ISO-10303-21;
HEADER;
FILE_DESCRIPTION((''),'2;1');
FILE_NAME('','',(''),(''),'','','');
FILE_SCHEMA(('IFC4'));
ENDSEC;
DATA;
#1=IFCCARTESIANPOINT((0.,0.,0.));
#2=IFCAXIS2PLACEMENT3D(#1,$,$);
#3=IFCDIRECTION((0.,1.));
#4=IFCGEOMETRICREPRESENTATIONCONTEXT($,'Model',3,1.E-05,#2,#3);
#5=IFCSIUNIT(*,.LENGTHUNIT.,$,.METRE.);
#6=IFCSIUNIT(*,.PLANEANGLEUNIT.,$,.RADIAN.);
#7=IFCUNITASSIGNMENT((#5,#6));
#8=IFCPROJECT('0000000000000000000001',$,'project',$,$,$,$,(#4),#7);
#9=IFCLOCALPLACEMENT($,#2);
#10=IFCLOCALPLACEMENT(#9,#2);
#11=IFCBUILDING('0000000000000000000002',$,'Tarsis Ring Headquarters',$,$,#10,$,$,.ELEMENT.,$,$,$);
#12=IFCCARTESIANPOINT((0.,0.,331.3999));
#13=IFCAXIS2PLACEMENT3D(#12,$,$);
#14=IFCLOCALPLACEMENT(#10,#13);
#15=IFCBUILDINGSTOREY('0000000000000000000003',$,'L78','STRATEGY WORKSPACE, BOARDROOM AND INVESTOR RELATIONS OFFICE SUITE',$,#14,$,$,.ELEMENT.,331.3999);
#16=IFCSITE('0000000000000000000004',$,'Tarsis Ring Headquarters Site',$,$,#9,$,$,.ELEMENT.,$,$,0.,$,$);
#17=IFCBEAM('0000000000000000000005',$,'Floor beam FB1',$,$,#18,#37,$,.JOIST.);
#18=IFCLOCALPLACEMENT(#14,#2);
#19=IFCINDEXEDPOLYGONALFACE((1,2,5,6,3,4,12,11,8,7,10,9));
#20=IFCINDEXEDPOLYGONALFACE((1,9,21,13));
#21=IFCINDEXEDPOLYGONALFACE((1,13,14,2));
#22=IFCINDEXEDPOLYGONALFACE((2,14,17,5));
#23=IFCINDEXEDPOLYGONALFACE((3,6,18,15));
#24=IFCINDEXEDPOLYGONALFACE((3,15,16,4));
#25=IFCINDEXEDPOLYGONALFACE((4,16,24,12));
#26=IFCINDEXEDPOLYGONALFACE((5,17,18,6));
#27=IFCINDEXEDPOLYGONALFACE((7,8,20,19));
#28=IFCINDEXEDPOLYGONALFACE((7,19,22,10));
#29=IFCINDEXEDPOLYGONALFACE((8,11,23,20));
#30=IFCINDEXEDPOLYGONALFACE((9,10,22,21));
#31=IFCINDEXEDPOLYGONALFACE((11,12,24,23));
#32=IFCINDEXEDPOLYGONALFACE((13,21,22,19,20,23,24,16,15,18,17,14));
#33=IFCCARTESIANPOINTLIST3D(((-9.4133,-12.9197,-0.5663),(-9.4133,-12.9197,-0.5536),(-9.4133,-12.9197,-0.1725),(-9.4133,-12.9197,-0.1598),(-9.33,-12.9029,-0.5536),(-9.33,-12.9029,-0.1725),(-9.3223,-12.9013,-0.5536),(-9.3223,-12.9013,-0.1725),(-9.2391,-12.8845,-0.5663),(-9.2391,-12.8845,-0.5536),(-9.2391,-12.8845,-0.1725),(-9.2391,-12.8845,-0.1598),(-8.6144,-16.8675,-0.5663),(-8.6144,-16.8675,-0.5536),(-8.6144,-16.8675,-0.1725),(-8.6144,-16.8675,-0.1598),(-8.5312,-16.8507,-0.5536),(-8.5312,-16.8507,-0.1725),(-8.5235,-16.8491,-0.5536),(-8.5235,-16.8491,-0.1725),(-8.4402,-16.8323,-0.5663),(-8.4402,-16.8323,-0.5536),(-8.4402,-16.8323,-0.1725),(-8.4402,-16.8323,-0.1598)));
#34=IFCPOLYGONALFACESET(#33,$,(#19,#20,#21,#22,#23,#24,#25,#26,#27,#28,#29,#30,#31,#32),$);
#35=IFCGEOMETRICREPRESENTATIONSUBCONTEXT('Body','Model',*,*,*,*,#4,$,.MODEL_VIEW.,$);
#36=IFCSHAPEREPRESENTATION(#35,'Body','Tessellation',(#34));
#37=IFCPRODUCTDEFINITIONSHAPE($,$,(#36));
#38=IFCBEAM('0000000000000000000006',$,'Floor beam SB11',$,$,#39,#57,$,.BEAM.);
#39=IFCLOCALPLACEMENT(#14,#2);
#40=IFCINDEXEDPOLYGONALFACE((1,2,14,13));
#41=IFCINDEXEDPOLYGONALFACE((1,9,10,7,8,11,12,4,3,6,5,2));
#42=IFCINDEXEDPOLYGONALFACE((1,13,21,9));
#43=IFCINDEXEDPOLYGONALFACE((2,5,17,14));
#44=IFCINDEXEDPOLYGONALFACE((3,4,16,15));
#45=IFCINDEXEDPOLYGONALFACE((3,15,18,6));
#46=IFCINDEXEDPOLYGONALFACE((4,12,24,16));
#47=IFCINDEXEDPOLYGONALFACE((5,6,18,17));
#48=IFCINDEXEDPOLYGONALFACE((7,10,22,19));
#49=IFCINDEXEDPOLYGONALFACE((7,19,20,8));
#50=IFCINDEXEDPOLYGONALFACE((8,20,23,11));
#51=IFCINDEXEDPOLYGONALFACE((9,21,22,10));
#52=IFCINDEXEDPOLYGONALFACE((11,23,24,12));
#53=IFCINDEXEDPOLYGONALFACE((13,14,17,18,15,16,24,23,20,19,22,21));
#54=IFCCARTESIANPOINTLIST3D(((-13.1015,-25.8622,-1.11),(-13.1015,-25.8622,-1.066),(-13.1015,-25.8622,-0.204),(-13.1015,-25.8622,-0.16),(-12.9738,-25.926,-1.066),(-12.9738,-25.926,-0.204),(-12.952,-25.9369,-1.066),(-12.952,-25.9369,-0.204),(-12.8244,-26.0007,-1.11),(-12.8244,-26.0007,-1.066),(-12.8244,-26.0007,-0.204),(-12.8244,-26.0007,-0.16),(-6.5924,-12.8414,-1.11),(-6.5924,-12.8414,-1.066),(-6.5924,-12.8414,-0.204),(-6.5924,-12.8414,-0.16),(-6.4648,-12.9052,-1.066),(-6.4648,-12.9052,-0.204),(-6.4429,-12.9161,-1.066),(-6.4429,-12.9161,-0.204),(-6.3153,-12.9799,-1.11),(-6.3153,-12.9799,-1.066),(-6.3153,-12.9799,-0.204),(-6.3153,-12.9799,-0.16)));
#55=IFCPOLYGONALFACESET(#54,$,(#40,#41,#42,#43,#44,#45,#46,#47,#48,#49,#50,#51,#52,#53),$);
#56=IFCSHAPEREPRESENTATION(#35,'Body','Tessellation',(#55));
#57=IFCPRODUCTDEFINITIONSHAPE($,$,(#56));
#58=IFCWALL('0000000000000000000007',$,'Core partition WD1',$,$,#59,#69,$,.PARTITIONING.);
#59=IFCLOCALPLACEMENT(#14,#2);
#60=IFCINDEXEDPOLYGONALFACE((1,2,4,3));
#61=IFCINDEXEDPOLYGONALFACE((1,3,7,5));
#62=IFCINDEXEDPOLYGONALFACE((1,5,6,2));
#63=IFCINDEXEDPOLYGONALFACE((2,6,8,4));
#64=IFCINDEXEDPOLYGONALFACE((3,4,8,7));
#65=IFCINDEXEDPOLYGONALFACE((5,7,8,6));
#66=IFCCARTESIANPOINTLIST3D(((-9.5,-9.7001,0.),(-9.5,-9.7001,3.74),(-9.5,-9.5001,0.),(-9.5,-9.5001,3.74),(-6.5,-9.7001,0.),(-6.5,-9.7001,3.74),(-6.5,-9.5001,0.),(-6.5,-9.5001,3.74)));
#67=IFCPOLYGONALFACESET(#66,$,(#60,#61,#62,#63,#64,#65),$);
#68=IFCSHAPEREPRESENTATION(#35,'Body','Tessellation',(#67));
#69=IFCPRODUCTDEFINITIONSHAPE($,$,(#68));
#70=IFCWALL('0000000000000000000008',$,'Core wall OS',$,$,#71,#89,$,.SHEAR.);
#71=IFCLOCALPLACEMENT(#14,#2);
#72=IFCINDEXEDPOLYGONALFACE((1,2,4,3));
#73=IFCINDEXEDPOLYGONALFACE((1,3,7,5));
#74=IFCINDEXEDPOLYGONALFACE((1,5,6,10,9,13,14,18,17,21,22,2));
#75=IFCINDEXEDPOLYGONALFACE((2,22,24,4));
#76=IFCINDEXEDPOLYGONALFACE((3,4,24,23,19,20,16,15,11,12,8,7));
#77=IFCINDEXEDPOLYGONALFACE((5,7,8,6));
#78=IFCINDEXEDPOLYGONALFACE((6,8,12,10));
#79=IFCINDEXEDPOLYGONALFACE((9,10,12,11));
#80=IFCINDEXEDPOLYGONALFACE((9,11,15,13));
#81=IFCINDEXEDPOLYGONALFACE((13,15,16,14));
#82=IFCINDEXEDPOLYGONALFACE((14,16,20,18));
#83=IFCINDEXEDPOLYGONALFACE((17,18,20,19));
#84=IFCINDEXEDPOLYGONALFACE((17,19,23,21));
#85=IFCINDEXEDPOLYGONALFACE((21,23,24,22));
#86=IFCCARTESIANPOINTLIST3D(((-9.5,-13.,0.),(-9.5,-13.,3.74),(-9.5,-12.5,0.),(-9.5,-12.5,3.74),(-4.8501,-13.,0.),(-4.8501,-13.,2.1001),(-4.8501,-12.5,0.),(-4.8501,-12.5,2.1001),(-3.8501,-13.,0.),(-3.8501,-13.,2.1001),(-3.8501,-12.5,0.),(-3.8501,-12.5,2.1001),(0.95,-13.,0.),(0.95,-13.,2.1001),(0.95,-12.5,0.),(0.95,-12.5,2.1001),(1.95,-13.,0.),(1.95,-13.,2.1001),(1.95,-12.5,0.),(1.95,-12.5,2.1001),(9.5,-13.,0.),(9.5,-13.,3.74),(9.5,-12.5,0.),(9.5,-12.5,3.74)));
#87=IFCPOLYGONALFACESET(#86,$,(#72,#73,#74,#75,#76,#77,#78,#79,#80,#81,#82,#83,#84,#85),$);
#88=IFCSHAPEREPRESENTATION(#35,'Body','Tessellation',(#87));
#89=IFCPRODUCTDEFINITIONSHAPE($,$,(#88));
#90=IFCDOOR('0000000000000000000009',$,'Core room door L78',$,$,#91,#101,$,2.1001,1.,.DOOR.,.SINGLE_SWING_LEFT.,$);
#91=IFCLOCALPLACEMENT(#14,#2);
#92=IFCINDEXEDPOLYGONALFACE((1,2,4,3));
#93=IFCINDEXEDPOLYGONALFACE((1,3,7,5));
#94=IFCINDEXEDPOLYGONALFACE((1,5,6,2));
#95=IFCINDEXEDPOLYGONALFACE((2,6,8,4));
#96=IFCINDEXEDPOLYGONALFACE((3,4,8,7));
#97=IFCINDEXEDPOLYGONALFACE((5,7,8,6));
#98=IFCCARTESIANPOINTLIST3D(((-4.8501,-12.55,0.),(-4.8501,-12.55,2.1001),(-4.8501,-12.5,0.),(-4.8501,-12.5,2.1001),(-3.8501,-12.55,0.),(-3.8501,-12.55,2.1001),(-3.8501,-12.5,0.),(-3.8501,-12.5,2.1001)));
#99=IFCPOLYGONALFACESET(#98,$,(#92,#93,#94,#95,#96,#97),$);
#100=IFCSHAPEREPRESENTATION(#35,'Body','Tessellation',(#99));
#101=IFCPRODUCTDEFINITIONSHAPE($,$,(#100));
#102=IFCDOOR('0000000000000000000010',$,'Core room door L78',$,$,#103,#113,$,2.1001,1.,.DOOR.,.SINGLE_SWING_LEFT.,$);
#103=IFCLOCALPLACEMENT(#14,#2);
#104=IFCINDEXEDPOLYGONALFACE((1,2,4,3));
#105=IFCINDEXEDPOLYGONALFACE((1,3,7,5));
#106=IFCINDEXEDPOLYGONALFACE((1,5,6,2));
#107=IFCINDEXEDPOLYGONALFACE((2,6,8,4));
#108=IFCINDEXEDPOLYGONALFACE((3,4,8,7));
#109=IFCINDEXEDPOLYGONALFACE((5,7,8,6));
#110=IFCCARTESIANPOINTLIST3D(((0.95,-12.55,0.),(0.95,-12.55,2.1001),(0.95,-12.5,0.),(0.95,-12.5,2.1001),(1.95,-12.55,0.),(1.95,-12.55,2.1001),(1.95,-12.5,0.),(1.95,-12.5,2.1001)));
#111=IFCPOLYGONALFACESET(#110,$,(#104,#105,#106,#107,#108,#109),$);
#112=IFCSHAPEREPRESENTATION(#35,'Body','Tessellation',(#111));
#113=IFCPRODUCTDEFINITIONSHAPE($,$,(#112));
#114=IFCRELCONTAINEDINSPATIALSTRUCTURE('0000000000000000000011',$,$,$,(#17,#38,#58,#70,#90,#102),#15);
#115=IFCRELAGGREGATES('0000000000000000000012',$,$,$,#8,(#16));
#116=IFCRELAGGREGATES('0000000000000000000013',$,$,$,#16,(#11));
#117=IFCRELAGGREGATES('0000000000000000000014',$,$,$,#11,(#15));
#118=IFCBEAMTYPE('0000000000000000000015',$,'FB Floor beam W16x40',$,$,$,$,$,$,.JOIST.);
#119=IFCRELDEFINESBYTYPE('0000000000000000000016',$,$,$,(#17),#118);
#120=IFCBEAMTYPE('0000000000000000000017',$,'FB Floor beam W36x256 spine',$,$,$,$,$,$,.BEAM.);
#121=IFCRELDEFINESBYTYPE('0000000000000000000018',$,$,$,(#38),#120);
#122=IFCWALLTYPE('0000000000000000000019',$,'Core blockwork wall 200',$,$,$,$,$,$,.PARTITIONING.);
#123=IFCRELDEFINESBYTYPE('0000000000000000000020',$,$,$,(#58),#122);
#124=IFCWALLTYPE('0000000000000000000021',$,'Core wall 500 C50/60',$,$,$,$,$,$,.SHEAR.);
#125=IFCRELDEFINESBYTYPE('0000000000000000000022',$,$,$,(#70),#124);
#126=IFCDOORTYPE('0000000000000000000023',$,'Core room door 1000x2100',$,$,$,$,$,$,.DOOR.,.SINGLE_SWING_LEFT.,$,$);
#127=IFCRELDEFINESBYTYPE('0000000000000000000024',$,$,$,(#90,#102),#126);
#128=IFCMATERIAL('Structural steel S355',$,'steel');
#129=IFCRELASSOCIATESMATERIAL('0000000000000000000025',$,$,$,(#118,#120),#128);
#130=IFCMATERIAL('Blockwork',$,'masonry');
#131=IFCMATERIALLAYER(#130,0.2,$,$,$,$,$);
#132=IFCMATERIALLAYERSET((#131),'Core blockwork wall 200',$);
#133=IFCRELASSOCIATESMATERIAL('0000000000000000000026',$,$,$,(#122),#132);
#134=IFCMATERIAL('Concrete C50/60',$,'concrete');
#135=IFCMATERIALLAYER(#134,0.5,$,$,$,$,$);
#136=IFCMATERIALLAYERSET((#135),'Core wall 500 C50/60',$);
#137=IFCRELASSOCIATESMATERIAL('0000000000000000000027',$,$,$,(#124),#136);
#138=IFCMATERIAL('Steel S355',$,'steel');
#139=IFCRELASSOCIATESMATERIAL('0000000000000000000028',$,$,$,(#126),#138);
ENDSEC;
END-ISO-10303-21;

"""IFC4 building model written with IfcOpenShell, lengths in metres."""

from ifc_helpers import new_model, si_unit, direction, frame, frame_2d, origin, origin_2d, place, context, subcontext, project, spatial, rectangle, i_section, extrude, material, layer, layer_set, material_profile, profile_set, type_object, element, fill, save


model = new_model("IFC4")

# Units and contexts
model_context = context("Model", 3, precision=1e-05, world=origin(), true_north=direction((0.0, 1.0)))
body_context = subcontext(model_context, "Body", "Model", "MODEL_VIEW")
ifc_project = project(units=[si_unit("LENGTHUNIT", "METRE"), si_unit("PLANEANGLEUNIT", "RADIAN")], contexts=[model_context])

# Site, building, storey
site_placement = place(None, origin())
site = spatial("IfcSite", under=ifc_project, at=site_placement, Name="Tarsis Ring Headquarters Site", CompositionType="ELEMENT", RefElevation=0.0)
building_placement = place(site_placement, origin())
building = spatial("IfcBuilding", under=site, at=building_placement, Name="Tarsis Ring Headquarters", CompositionType="ELEMENT")
storey_placement = place(building_placement, frame((0.0, 0.0, 331.3999)))
storey = spatial("IfcBuildingStorey", under=building, at=storey_placement, Name="L78", Description="STRATEGY WORKSPACE, BOARDROOM AND INVESTOR RELATIONS OFFICE SUITE", CompositionType="ELEMENT", Elevation=331.3999)

# Beams
ifc_material_1 = material(Name="Structural steel S355", Category="steel")
ifc_material_profile_1 = material_profile(ifc_material_1, i_section(OverallWidth=0.1777, OverallDepth=0.4065, WebThickness=0.0078, FlangeThickness=0.0127, at=origin_2d()), Name="W16x40")
ifc_profile_set_1 = profile_set([ifc_material_profile_1], Name="Structural steel S355")
beam_type_1 = type_object("IfcBeamType", Name="FB Floor beam W16x40", PredefinedType="JOIST", material=ifc_profile_set_1)
beam_1_placement = place(storey_placement, frame((-9.3262, -12.9021, -0.363), z_axis=(0.19833, -0.980135, 0.0), x_axis=(0.980135, 0.19833, 0.0)))
element("IfcBeam", 1, at=beam_1_placement, inside=storey, type_object=beam_type_1, Name="Floor beam FB1", PredefinedType="JOIST", context=body_context, shape_type="SweptSolid", body=[
    extrude(i_section(OverallWidth=0.1777, OverallDepth=0.4065, WebThickness=0.0078, FlangeThickness=0.0127, at=origin_2d()), origin(), (0.0, 0.0, 1.0), 4.0278),
])
ifc_material_profile_2 = material_profile(ifc_material_1, i_section(OverallWidth=0.3098, OverallDepth=0.95, WebThickness=0.0244, FlangeThickness=0.0439, at=origin_2d()), Name="W36x256")
ifc_profile_set_2 = profile_set([ifc_material_profile_2], Name="Structural steel S355")
beam_type_2 = type_object("IfcBeamType", Name="FB Floor beam W36x256 spine", PredefinedType="BEAM", material=ifc_profile_set_2)
beam_2_placement = place(storey_placement, frame((-6.4539, -12.9106, -0.635), z_axis=(-0.44714, -0.894464, 0.0), x_axis=(0.894464, -0.44714, 0.0)))
element("IfcBeam", 2, at=beam_2_placement, inside=storey, type_object=beam_type_2, Name="Floor beam SB11", PredefinedType="BEAM", context=body_context, shape_type="SweptSolid", body=[
    extrude(i_section(OverallWidth=0.3098, OverallDepth=0.95, WebThickness=0.0244, FlangeThickness=0.0439, at=origin_2d()), origin(), (0.0, 0.0, 1.0), 14.5571),
])

# Wall
ifc_material_2 = material(Name="Blockwork", Category="masonry")
ifc_layer_1 = layer(ifc_material_2, 0.2)
ifc_layer_set_1 = layer_set([ifc_layer_1], Name="Core blockwork wall 200")
wall_type_1 = type_object("IfcWallType", Name="Core blockwork wall 200", PredefinedType="PARTITIONING", material=ifc_layer_set_1)
wall_1_placement = place(storey_placement, frame((-9.5, -9.6001, 0.0), z_axis=(0.0, 0.0, 1.0), x_axis=(1.0, 0.0, 0.0)))
element("IfcWall", 3, at=wall_1_placement, inside=storey, type_object=wall_type_1, Name="Core partition WD1", PredefinedType="PARTITIONING", context=body_context, shape_type="SweptSolid", body=[
    extrude(rectangle(XDim=3.0, YDim=0.2, at=frame_2d((1.5, 0.0))), origin(), (0.0, 0.0, 1.0), 3.74),
])

# Wall, openings, doors
ifc_material_3 = material(Name="Concrete C50/60", Category="concrete")
ifc_layer_2 = layer(ifc_material_3, 0.5)
ifc_layer_set_2 = layer_set([ifc_layer_2], Name="Core wall 500 C50/60")
wall_type_2 = type_object("IfcWallType", Name="Core wall 500 C50/60", PredefinedType="SHEAR", material=ifc_layer_set_2)
wall_2_placement = place(storey_placement, frame((-9.5, -12.75, 0.0), z_axis=(0.0, 0.0, 1.0), x_axis=(1.0, 0.0, 0.0)))
wall_2 = element("IfcWall", 4, at=wall_2_placement, inside=storey, type_object=wall_type_2, Name="Core wall OS", PredefinedType="SHEAR", context=body_context, shape_type="SweptSolid", body=[
    extrude(rectangle(XDim=19.0, YDim=0.5, at=frame_2d((9.5, 0.0))), origin(), (0.0, 0.0, 1.0), 3.74),
])
opening_1_placement = place(wall_2_placement, frame((4.6499, 0.0, 0.0)))
opening_1 = element("IfcOpeningElement", 5, at=opening_1_placement, cuts=wall_2, PredefinedType="OPENING", context=body_context, shape_type="SweptSolid", body=[
    extrude(rectangle(XDim=1.0, YDim=2.1001, at=frame_2d((0.5, 1.05))), frame((0.0, 0.26, 0.0), z_axis=(0.0, -1.0, 0.0), x_axis=(1.0, 0.0, 0.0)), (0.0, 0.0, 1.0), 0.52),
])
opening_2_placement = place(wall_2_placement, frame((10.45, 0.0, 0.0)))
opening_2 = element("IfcOpeningElement", 6, at=opening_2_placement, cuts=wall_2, PredefinedType="OPENING", context=body_context, shape_type="SweptSolid", body=[
    extrude(rectangle(XDim=1.0, YDim=2.1001, at=frame_2d((0.5, 1.05))), frame((0.0, 0.26, 0.0), z_axis=(0.0, -1.0, 0.0), x_axis=(1.0, 0.0, 0.0)), (0.0, 0.0, 1.0), 0.52),
])
ifc_material_4 = material(Name="Steel S355", Category="steel")
door_type_1 = type_object("IfcDoorType", Name="Core room door 1000x2100", OperationType="SINGLE_SWING_LEFT", PredefinedType="DOOR", material=ifc_material_4)
door_1_placement = place(opening_1_placement, origin())
door_1 = element("IfcDoor", 7, at=door_1_placement, inside=storey, type_object=door_type_1, Name="Core room door L78", OperationType="SINGLE_SWING_LEFT", OverallHeight=2.1001, OverallWidth=1.0, PredefinedType="DOOR", context=body_context, shape_type="SweptSolid", body=[
    extrude(rectangle(XDim=1.0, YDim=2.1001, at=frame_2d((0.5, 1.05))), frame((0.0, 0.25, 0.0), z_axis=(0.0, -1.0, 0.0), x_axis=(1.0, 0.0, 0.0)), (0.0, 0.0, 1.0), 0.05),
])
fill(opening_1, door_1)
door_2_placement = place(opening_2_placement, origin())
door_2 = element("IfcDoor", 8, at=door_2_placement, inside=storey, type_object=door_type_1, Name="Core room door L78", OperationType="SINGLE_SWING_LEFT", OverallHeight=2.1001, OverallWidth=1.0, PredefinedType="DOOR", context=body_context, shape_type="SweptSolid", body=[
    extrude(rectangle(XDim=1.0, YDim=2.1001, at=frame_2d((0.5, 1.05))), frame((0.0, 0.25, 0.0), z_axis=(0.0, -1.0, 0.0), x_axis=(1.0, 0.0, 0.0)), (0.0, 0.0, 1.0), 0.05),
])
fill(opening_2, door_2)

save(model, "model.ifc")
